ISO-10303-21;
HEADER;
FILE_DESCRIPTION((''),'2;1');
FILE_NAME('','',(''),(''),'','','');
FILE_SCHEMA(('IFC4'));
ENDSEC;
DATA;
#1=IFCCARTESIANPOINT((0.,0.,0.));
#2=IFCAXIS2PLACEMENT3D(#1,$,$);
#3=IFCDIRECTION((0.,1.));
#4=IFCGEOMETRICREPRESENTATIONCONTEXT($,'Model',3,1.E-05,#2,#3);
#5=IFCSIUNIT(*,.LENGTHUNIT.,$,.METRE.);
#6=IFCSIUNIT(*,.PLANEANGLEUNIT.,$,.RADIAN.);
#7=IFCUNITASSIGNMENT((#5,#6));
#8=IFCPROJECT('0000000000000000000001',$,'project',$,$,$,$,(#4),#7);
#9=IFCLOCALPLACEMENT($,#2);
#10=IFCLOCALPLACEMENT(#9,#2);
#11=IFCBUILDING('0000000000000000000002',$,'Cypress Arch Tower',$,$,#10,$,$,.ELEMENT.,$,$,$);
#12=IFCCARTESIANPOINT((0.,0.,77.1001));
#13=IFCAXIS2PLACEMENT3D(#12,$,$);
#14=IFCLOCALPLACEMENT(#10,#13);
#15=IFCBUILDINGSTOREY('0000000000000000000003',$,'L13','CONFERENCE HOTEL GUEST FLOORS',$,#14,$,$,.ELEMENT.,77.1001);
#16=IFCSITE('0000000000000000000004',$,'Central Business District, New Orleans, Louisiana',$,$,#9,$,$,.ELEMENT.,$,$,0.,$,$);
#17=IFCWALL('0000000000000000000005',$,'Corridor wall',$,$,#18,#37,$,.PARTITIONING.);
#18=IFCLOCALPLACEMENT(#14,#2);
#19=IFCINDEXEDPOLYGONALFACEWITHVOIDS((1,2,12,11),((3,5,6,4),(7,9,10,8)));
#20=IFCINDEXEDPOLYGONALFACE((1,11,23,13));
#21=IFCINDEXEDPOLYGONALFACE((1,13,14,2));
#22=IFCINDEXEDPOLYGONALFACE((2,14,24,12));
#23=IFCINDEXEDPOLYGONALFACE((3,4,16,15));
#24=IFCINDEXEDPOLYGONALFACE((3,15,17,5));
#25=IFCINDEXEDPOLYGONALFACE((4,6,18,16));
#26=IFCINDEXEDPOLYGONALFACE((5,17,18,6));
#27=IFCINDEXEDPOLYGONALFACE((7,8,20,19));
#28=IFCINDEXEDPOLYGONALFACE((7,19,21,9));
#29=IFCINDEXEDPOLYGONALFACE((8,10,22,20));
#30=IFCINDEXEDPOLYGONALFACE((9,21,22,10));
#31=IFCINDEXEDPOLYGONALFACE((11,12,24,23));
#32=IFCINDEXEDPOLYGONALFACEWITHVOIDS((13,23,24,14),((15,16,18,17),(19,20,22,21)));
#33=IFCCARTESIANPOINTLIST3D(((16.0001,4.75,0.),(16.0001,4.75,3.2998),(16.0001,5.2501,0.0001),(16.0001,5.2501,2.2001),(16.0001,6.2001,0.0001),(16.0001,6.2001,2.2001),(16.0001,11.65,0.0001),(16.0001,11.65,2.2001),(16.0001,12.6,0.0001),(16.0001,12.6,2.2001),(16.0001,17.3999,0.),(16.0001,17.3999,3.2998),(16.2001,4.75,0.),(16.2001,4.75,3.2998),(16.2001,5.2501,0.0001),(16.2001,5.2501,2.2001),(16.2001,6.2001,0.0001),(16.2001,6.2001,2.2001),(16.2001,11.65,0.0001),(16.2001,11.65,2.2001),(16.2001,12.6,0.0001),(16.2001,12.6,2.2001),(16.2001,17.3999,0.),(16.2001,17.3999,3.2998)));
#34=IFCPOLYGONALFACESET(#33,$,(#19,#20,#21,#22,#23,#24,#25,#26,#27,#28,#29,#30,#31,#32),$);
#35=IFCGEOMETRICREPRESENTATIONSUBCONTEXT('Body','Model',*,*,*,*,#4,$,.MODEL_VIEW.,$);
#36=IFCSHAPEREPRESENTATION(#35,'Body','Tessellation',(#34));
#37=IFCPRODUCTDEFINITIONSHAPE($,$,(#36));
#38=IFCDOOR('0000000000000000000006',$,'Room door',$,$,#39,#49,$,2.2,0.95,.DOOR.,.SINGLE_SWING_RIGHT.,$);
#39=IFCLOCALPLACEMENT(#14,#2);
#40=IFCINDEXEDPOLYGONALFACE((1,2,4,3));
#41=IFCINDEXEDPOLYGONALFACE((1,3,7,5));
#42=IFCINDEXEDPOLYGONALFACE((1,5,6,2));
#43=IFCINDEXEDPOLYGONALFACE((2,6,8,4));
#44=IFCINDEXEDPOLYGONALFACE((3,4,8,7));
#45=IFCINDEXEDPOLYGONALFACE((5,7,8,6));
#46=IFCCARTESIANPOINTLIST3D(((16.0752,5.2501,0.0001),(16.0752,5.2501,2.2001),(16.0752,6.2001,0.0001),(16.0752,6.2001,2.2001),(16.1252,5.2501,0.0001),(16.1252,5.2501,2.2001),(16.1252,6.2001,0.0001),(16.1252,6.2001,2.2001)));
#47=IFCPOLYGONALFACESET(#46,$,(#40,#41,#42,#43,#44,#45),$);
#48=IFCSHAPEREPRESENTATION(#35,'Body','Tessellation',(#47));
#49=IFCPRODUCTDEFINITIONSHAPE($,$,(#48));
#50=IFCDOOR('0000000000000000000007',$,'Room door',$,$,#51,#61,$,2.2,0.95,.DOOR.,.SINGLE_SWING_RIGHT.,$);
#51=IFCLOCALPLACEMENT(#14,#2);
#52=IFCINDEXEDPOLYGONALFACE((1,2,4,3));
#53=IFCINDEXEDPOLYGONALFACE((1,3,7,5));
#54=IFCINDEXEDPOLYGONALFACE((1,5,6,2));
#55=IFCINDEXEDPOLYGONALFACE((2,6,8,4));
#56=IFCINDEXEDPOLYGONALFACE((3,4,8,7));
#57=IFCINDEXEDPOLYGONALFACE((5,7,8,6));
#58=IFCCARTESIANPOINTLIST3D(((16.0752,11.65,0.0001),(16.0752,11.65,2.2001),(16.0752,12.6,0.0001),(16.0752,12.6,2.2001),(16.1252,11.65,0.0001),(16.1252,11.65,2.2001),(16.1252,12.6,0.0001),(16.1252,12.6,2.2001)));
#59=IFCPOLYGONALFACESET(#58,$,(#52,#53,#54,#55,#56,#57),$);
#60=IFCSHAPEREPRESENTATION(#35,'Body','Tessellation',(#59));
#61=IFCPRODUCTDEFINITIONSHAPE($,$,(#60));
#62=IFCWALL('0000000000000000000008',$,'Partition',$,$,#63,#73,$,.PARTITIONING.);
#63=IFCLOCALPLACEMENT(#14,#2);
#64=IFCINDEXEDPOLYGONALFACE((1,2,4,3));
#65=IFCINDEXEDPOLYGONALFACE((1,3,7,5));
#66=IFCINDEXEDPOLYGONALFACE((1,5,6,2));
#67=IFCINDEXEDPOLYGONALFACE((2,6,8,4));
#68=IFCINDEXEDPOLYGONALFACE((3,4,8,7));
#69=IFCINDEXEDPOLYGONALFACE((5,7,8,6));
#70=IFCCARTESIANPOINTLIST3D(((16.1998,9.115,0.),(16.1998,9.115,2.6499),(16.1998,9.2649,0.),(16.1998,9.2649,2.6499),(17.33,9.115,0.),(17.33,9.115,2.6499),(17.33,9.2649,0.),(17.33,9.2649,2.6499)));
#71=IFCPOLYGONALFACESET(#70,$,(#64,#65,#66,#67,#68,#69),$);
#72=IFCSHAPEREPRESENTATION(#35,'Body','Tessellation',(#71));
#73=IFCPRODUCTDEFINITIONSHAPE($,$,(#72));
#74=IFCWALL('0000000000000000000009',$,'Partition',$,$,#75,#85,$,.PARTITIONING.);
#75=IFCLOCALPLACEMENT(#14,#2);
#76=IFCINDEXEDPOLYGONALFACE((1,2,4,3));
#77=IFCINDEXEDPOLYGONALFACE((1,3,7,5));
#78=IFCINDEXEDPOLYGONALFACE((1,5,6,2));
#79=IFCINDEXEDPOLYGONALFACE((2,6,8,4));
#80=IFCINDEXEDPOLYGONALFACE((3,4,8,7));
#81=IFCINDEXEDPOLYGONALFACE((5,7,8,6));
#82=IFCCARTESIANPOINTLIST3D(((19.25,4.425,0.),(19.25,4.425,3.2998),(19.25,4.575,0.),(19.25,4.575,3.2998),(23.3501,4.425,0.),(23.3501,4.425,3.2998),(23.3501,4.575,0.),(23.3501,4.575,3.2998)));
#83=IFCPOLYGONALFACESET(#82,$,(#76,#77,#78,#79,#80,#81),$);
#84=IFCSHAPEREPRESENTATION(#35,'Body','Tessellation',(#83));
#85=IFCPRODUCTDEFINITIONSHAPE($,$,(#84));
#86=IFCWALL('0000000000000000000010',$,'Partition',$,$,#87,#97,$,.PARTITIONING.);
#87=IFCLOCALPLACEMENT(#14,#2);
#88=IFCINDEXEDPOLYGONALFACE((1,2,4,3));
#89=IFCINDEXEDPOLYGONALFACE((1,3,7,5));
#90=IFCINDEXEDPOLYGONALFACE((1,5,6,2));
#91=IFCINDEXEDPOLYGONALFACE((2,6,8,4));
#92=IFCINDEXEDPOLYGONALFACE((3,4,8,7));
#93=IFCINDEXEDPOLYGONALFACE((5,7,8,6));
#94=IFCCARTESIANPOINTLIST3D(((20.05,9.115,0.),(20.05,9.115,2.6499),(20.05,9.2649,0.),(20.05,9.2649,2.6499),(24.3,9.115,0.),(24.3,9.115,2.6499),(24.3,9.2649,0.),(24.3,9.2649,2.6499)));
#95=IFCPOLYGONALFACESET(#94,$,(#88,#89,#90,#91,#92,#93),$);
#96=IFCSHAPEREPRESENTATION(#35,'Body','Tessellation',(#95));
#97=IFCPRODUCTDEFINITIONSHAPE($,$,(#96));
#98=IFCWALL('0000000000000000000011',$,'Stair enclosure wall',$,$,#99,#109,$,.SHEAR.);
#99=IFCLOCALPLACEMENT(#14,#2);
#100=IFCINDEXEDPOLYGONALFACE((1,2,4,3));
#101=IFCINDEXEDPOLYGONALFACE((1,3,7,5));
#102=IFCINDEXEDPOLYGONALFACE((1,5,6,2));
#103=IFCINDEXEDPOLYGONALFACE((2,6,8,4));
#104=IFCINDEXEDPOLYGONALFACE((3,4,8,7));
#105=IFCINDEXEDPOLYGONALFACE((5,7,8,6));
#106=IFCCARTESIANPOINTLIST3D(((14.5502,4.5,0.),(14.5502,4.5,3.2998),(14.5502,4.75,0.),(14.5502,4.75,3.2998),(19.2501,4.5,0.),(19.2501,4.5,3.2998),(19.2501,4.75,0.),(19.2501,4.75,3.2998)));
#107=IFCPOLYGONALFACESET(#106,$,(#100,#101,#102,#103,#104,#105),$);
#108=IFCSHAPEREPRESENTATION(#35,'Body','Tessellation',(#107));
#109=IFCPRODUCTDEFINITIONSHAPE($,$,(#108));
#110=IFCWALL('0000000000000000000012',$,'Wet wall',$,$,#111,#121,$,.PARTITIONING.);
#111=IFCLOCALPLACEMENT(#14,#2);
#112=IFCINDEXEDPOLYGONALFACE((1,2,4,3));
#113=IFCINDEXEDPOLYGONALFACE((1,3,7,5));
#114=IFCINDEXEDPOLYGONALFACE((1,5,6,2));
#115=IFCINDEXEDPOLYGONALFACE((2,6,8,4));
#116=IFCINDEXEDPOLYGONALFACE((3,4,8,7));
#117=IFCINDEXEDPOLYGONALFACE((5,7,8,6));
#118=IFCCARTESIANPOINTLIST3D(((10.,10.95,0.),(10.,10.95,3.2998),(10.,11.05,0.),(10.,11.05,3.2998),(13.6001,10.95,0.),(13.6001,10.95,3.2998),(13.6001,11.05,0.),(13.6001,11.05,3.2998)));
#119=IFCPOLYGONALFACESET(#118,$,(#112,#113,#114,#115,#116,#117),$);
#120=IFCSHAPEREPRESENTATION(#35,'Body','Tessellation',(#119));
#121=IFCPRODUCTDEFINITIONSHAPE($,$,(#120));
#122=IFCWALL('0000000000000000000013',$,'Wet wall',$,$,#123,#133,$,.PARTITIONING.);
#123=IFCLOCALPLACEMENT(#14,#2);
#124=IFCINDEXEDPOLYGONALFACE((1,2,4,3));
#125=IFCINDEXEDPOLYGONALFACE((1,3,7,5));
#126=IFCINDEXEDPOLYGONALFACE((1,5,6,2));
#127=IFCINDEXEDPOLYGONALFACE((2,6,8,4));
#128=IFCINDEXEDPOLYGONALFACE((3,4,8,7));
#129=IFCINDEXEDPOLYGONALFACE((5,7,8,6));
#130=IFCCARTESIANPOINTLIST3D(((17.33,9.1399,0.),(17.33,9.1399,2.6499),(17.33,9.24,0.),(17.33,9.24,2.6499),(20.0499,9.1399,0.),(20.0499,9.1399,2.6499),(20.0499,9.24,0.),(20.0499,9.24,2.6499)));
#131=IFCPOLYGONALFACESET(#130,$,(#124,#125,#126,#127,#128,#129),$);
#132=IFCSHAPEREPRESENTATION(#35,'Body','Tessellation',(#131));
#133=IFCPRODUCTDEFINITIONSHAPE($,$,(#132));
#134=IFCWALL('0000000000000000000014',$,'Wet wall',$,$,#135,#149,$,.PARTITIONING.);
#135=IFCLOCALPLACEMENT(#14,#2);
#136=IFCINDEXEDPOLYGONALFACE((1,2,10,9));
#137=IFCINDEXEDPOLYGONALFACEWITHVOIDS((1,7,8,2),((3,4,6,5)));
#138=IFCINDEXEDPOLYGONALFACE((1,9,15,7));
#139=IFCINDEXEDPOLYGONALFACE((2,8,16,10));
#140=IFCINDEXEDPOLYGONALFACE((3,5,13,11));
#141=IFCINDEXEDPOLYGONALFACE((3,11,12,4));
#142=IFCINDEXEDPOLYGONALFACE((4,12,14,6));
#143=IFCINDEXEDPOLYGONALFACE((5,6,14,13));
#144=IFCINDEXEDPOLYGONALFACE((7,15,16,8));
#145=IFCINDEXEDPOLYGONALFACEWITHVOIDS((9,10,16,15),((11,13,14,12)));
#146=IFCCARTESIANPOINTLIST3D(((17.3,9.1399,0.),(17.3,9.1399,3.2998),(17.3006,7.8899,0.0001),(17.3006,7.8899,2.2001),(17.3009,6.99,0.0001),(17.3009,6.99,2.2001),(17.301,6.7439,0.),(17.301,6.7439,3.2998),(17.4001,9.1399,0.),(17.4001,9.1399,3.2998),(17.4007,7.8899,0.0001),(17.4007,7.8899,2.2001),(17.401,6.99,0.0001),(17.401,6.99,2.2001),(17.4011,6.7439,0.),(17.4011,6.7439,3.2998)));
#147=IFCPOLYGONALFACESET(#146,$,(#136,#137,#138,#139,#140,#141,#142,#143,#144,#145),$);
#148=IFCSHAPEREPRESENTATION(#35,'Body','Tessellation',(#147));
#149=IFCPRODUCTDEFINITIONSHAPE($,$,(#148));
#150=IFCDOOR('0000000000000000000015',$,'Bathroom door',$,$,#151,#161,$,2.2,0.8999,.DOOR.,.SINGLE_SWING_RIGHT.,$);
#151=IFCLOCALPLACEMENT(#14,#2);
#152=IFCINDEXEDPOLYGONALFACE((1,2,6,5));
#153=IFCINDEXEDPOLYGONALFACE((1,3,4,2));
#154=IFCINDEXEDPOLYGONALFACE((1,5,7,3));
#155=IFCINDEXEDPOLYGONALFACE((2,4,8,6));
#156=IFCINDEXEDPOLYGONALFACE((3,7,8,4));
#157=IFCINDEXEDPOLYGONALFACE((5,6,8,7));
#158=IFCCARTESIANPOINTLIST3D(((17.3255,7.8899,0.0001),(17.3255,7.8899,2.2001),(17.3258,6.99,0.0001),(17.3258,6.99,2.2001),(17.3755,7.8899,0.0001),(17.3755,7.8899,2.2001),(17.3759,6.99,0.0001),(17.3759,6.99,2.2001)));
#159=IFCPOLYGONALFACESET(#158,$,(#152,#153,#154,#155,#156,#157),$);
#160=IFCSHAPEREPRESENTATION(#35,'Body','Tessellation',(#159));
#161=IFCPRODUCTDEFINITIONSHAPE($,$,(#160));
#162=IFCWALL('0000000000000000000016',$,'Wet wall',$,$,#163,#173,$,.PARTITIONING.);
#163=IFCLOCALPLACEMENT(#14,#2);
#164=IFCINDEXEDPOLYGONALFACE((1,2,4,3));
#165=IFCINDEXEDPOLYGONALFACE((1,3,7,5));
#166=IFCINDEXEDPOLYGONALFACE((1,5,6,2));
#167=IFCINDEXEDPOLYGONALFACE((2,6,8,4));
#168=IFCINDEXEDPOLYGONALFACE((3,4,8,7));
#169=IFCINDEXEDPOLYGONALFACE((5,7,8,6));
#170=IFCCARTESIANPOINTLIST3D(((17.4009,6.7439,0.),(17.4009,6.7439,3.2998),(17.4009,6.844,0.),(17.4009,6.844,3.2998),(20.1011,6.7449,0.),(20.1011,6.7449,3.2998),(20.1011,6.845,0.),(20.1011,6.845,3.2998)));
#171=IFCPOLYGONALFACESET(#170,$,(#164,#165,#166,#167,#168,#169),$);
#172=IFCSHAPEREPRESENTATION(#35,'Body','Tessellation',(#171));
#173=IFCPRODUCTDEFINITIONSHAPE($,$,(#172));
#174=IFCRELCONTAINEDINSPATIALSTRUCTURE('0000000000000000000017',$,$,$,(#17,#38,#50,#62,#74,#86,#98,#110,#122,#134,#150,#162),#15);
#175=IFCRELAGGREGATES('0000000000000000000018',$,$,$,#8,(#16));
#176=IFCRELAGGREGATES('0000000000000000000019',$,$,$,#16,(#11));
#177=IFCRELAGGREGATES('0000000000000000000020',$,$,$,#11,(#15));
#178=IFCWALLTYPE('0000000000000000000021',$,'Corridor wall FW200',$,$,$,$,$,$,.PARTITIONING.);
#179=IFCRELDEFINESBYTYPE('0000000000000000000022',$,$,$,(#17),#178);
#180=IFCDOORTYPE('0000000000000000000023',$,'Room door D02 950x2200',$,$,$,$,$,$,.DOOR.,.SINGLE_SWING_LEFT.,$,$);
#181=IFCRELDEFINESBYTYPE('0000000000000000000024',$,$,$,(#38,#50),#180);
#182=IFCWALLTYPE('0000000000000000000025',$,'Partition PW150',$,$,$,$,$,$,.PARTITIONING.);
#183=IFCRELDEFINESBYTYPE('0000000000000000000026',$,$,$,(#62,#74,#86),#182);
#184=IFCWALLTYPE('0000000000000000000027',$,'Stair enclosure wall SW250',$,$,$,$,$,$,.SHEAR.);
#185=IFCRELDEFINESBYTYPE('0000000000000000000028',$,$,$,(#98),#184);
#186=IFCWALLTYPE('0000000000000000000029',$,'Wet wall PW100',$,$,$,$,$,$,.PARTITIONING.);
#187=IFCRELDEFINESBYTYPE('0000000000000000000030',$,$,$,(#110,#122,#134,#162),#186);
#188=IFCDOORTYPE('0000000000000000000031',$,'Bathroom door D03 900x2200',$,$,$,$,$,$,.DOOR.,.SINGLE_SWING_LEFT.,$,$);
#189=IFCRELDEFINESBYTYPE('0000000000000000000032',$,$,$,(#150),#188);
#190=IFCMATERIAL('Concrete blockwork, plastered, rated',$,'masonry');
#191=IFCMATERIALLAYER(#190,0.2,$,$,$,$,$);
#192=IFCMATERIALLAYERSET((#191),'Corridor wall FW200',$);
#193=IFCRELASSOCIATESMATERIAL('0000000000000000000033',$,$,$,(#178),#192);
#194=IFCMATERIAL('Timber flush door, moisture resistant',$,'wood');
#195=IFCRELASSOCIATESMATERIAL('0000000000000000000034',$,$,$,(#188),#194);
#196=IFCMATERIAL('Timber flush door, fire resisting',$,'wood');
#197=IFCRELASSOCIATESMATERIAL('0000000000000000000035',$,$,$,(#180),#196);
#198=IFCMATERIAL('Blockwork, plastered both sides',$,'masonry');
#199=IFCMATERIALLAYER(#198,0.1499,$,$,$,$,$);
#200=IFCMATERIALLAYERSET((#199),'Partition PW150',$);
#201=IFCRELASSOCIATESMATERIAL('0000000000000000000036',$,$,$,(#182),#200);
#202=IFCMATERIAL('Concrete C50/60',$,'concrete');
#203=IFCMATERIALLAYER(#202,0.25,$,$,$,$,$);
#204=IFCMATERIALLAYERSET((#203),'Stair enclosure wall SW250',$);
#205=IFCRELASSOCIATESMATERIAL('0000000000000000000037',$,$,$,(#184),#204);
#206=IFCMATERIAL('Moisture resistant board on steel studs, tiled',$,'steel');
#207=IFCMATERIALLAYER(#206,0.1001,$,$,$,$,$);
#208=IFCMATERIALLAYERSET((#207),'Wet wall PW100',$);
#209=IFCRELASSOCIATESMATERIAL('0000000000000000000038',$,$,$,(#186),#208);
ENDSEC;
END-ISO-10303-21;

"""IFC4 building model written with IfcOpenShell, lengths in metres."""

from ifc_helpers import new_model, si_unit, direction, frame, frame_2d, origin, place, context, subcontext, project, spatial, rectangle, extrude, material, layer, layer_set, type_object, element, fill, save


model = new_model("IFC4")

# Units and contexts
model_context = context("Model", 3, precision=1e-05, world=origin(), true_north=direction((0.0, 1.0)))
body_context = subcontext(model_context, "Body", "Model", "MODEL_VIEW")
ifc_project = project(units=[si_unit("LENGTHUNIT", "METRE"), si_unit("PLANEANGLEUNIT", "RADIAN")], contexts=[model_context])

# Site, building, storey
site_placement = place(None, origin())
site = spatial("IfcSite", under=ifc_project, at=site_placement, Name="Central Business District, New Orleans, Louisiana", CompositionType="ELEMENT", RefElevation=0.0)
building_placement = place(site_placement, origin())
building = spatial("IfcBuilding", under=site, at=building_placement, Name="Cypress Arch Tower", CompositionType="ELEMENT")
storey_placement = place(building_placement, frame((0.0, 0.0, 77.1001)))
storey = spatial("IfcBuildingStorey", under=building, at=storey_placement, Name="L13", Description="CONFERENCE HOTEL GUEST FLOORS", CompositionType="ELEMENT", Elevation=77.1001)

# Shared definitions
ifc_material_1 = material(Name="Concrete blockwork, plastered, rated", Category="masonry")
ifc_layer_1 = layer(ifc_material_1, 0.2)
ifc_layer_set_1 = layer_set([ifc_layer_1], Name="Corridor wall FW200")
wall_type_1 = type_object("IfcWallType", Name="Corridor wall FW200", PredefinedType="PARTITIONING", material=ifc_layer_set_1)
ifc_material_2 = material(Name="Timber flush door, moisture resistant", Category="wood")
door_type_1 = type_object("IfcDoorType", Name="Bathroom door D03 900x2200", OperationType="SINGLE_SWING_LEFT", PredefinedType="DOOR", material=ifc_material_2)

# Wall, openings, doors
wall_1_placement = place(storey_placement, frame((16.1001, 4.75, 0.0), z_axis=(0.0, 0.0, 1.0), x_axis=(0.0, 1.0, 0.0)))
wall_1 = element("IfcWall", 1, at=wall_1_placement, inside=storey, type_object=wall_type_1, Name="Corridor wall", PredefinedType="PARTITIONING", context=body_context, shape_type="SweptSolid", body=[
    extrude(rectangle(XDim=12.6499, YDim=0.2, at=frame_2d((6.325, 0.0))), origin(), (0.0, 0.0, 1.0), 3.2998),
])
opening_1_placement = place(wall_1_placement, frame((0.5, 0.0, 0.0)))
opening_1 = element("IfcOpeningElement", 2, at=opening_1_placement, cuts=wall_1, PredefinedType="OPENING", context=body_context, shape_type="SweptSolid", body=[
    extrude(rectangle(XDim=0.95, YDim=2.2, at=frame_2d((0.4751, 1.1001))), frame((0.0, 0.1099, 0.0), z_axis=(0.0, -1.0, 0.0), x_axis=(1.0, 0.0, 0.0)), (0.0, 0.0, 1.0), 0.22),
])
opening_2_placement = place(wall_1_placement, frame((6.8999, 0.0, 0.0)))
opening_2 = element("IfcOpeningElement", 3, at=opening_2_placement, cuts=wall_1, PredefinedType="OPENING", context=body_context, shape_type="SweptSolid", body=[
    extrude(rectangle(XDim=0.95, YDim=2.2, at=frame_2d((0.4751, 1.1001))), frame((0.0, 0.1099, 0.0), z_axis=(0.0, -1.0, 0.0), x_axis=(1.0, 0.0, 0.0)), (0.0, 0.0, 1.0), 0.22),
])
ifc_material_3 = material(Name="Timber flush door, fire resisting", Category="wood")
door_type_2 = type_object("IfcDoorType", Name="Room door D02 950x2200", OperationType="SINGLE_SWING_LEFT", PredefinedType="DOOR", material=ifc_material_3)
door_1_placement = place(opening_1_placement, origin())
door_1 = element("IfcDoor", 4, at=door_1_placement, inside=storey, type_object=door_type_2, Name="Room door", OperationType="SINGLE_SWING_RIGHT", OverallHeight=2.2, OverallWidth=0.95, PredefinedType="DOOR", context=body_context, shape_type="SweptSolid", body=[
    extrude(rectangle(XDim=0.95, YDim=2.2, at=frame_2d((0.4751, 1.1001))), frame((0.0, 0.0249, 0.0), z_axis=(0.0, -1.0, 0.0), x_axis=(1.0, 0.0, 0.0)), (0.0, 0.0, 1.0), 0.05),
])
fill(opening_1, door_1)
door_2_placement = place(opening_2_placement, origin())
door_2 = element("IfcDoor", 5, at=door_2_placement, inside=storey, type_object=door_type_2, Name="Room door", OperationType="SINGLE_SWING_RIGHT", OverallHeight=2.2, OverallWidth=0.95, PredefinedType="DOOR", context=body_context, shape_type="SweptSolid", body=[
    extrude(rectangle(XDim=0.95, YDim=2.2, at=frame_2d((0.4751, 1.1001))), frame((0.0, 0.0249, 0.0), z_axis=(0.0, -1.0, 0.0), x_axis=(1.0, 0.0, 0.0)), (0.0, 0.0, 1.0), 0.05),
])
fill(opening_2, door_2)

# Walls
ifc_material_4 = material(Name="Blockwork, plastered both sides", Category="masonry")
ifc_layer_2 = layer(ifc_material_4, 0.1499)
ifc_layer_set_2 = layer_set([ifc_layer_2], Name="Partition PW150")
wall_type_2 = type_object("IfcWallType", Name="Partition PW150", PredefinedType="PARTITIONING", material=ifc_layer_set_2)
wall_2_placement = place(storey_placement, frame((16.2, 9.1899, 0.0), z_axis=(0.0, 0.0, 1.0), x_axis=(1.0, 0.0, 0.0)))
element("IfcWall", 6, at=wall_2_placement, inside=storey, type_object=wall_type_2, Name="Partition", PredefinedType="PARTITIONING", context=body_context, shape_type="SweptSolid", body=[
    extrude(rectangle(XDim=1.1301, YDim=0.1499, at=frame_2d((0.5649, 0.0))), origin(), (0.0, 0.0, 1.0), 2.6499),
])
wall_3_placement = place(storey_placement, frame((19.25, 4.5, 0.0), z_axis=(0.0, 0.0, 1.0), x_axis=(1.0, 0.0, 0.0)))
element("IfcWall", 7, at=wall_3_placement, inside=storey, type_object=wall_type_2, Name="Partition", PredefinedType="PARTITIONING", context=body_context, shape_type="SweptSolid", body=[
    extrude(rectangle(XDim=4.1001, YDim=0.1499, at=frame_2d((2.05, 0.0))), origin(), (0.0, 0.0, 1.0), 3.2998),
])
wall_4_placement = place(storey_placement, frame((20.05, 9.1899, 0.0), z_axis=(0.0, 0.0, 1.0), x_axis=(1.0, 0.0, 0.0)))
element("IfcWall", 8, at=wall_4_placement, inside=storey, type_object=wall_type_2, Name="Partition", PredefinedType="PARTITIONING", context=body_context, shape_type="SweptSolid", body=[
    extrude(rectangle(XDim=4.25, YDim=0.1499, at=frame_2d((2.125, 0.0))), origin(), (0.0, 0.0, 1.0), 2.6499),
])
ifc_material_5 = material(Name="Concrete C50/60", Category="concrete")
ifc_layer_3 = layer(ifc_material_5, 0.25)
ifc_layer_set_3 = layer_set([ifc_layer_3], Name="Stair enclosure wall SW250")
wall_type_3 = type_object("IfcWallType", Name="Stair enclosure wall SW250", PredefinedType="SHEAR", material=ifc_layer_set_3)
wall_5_placement = place(storey_placement, frame((14.55, 4.625, 0.0), z_axis=(0.0, 0.0, 1.0), x_axis=(1.0, 0.0, 0.0)))
element("IfcWall", 9, at=wall_5_placement, inside=storey, type_object=wall_type_3, Name="Stair enclosure wall", PredefinedType="SHEAR", context=body_context, shape_type="SweptSolid", body=[
    extrude(rectangle(XDim=4.7, YDim=0.25, at=frame_2d((2.3501, 0.0))), origin(), (0.0, 0.0, 1.0), 3.2998),
])
ifc_material_6 = material(Name="Moisture resistant board on steel studs, tiled", Category="steel")
ifc_layer_4 = layer(ifc_material_6, 0.1001)
ifc_layer_set_4 = layer_set([ifc_layer_4], Name="Wet wall PW100")
wall_type_4 = type_object("IfcWallType", Name="Wet wall PW100", PredefinedType="PARTITIONING", material=ifc_layer_set_4)
wall_6_placement = place(storey_placement, frame((10.0, 11.0, 0.0), z_axis=(0.0, 0.0, 1.0), x_axis=(1.0, 0.0, 0.0)))
element("IfcWall", 10, at=wall_6_placement, inside=storey, type_object=wall_type_4, Name="Wet wall", PredefinedType="PARTITIONING", context=body_context, shape_type="SweptSolid", body=[
    extrude(rectangle(XDim=3.6001, YDim=0.1001, at=frame_2d((1.8, 0.0))), origin(), (0.0, 0.0, 1.0), 3.2998),
])
wall_7_placement = place(storey_placement, frame((17.3301, 9.1899, 0.0), z_axis=(0.0, 0.0, 1.0), x_axis=(1.0, 0.0, 0.0)))
element("IfcWall", 11, at=wall_7_placement, inside=storey, type_object=wall_type_4, Name="Wet wall", PredefinedType="PARTITIONING", context=body_context, shape_type="SweptSolid", body=[
    extrude(rectangle(XDim=2.72, YDim=0.1001, at=frame_2d((1.3599, 0.0))), origin(), (0.0, 0.0, 1.0), 2.6499),
])

# Wall, opening, door
wall_8_placement = place(storey_placement, frame((17.3501, 9.1399, 0.0), z_axis=(0.0, 0.0, 1.0), x_axis=(0.000408, -1.0, 0.0)))
wall_8 = element("IfcWall", 12, at=wall_8_placement, inside=storey, type_object=wall_type_4, Name="Wet wall", PredefinedType="PARTITIONING", context=body_context, shape_type="SweptSolid", body=[
    extrude(rectangle(XDim=2.396, YDim=0.1001, at=frame_2d((1.198, 0.0))), origin(), (0.0, 0.0, 1.0), 3.2998),
])
opening_3_placement = place(wall_8_placement, frame((1.25, 0.0, 0.0)))
opening_3 = element("IfcOpeningElement", 13, at=opening_3_placement, cuts=wall_8, PredefinedType="OPENING", context=body_context, shape_type="SweptSolid", body=[
    extrude(rectangle(XDim=0.8999, YDim=2.2, at=frame_2d((0.45, 1.1001))), frame((0.0, 0.0601, 0.0), z_axis=(0.0, -1.0, 0.0), x_axis=(1.0, 0.0, 0.0)), (0.0, 0.0, 1.0), 0.1201),
])
door_3_placement = place(opening_3_placement, origin())
door_3 = element("IfcDoor", 14, at=door_3_placement, inside=storey, type_object=door_type_1, Name="Bathroom door", OperationType="SINGLE_SWING_RIGHT", OverallHeight=2.2, OverallWidth=0.8999, PredefinedType="DOOR", context=body_context, shape_type="SweptSolid", body=[
    extrude(rectangle(XDim=0.8999, YDim=2.2, at=frame_2d((0.45, 1.1001))), frame((0.0, 0.0249, 0.0), z_axis=(0.0, -1.0, 0.0), x_axis=(1.0, 0.0, 0.0)), (0.0, 0.0, 1.0), 0.05),
])
fill(opening_3, door_3)

# Wall
wall_9_placement = place(storey_placement, frame((17.4009, 6.7939, 0.0), z_axis=(0.0, 0.0, 1.0), x_axis=(1.0, 0.000362, 0.0)))
element("IfcWall", 15, at=wall_9_placement, inside=storey, type_object=wall_type_4, Name="Wet wall", PredefinedType="PARTITIONING", context=body_context, shape_type="SweptSolid", body=[
    extrude(rectangle(XDim=2.7002, YDim=0.1001, at=frame_2d((1.3501, 0.0))), origin(), (0.0, 0.0, 1.0), 3.2998),
])

save(model, "model.ifc")
